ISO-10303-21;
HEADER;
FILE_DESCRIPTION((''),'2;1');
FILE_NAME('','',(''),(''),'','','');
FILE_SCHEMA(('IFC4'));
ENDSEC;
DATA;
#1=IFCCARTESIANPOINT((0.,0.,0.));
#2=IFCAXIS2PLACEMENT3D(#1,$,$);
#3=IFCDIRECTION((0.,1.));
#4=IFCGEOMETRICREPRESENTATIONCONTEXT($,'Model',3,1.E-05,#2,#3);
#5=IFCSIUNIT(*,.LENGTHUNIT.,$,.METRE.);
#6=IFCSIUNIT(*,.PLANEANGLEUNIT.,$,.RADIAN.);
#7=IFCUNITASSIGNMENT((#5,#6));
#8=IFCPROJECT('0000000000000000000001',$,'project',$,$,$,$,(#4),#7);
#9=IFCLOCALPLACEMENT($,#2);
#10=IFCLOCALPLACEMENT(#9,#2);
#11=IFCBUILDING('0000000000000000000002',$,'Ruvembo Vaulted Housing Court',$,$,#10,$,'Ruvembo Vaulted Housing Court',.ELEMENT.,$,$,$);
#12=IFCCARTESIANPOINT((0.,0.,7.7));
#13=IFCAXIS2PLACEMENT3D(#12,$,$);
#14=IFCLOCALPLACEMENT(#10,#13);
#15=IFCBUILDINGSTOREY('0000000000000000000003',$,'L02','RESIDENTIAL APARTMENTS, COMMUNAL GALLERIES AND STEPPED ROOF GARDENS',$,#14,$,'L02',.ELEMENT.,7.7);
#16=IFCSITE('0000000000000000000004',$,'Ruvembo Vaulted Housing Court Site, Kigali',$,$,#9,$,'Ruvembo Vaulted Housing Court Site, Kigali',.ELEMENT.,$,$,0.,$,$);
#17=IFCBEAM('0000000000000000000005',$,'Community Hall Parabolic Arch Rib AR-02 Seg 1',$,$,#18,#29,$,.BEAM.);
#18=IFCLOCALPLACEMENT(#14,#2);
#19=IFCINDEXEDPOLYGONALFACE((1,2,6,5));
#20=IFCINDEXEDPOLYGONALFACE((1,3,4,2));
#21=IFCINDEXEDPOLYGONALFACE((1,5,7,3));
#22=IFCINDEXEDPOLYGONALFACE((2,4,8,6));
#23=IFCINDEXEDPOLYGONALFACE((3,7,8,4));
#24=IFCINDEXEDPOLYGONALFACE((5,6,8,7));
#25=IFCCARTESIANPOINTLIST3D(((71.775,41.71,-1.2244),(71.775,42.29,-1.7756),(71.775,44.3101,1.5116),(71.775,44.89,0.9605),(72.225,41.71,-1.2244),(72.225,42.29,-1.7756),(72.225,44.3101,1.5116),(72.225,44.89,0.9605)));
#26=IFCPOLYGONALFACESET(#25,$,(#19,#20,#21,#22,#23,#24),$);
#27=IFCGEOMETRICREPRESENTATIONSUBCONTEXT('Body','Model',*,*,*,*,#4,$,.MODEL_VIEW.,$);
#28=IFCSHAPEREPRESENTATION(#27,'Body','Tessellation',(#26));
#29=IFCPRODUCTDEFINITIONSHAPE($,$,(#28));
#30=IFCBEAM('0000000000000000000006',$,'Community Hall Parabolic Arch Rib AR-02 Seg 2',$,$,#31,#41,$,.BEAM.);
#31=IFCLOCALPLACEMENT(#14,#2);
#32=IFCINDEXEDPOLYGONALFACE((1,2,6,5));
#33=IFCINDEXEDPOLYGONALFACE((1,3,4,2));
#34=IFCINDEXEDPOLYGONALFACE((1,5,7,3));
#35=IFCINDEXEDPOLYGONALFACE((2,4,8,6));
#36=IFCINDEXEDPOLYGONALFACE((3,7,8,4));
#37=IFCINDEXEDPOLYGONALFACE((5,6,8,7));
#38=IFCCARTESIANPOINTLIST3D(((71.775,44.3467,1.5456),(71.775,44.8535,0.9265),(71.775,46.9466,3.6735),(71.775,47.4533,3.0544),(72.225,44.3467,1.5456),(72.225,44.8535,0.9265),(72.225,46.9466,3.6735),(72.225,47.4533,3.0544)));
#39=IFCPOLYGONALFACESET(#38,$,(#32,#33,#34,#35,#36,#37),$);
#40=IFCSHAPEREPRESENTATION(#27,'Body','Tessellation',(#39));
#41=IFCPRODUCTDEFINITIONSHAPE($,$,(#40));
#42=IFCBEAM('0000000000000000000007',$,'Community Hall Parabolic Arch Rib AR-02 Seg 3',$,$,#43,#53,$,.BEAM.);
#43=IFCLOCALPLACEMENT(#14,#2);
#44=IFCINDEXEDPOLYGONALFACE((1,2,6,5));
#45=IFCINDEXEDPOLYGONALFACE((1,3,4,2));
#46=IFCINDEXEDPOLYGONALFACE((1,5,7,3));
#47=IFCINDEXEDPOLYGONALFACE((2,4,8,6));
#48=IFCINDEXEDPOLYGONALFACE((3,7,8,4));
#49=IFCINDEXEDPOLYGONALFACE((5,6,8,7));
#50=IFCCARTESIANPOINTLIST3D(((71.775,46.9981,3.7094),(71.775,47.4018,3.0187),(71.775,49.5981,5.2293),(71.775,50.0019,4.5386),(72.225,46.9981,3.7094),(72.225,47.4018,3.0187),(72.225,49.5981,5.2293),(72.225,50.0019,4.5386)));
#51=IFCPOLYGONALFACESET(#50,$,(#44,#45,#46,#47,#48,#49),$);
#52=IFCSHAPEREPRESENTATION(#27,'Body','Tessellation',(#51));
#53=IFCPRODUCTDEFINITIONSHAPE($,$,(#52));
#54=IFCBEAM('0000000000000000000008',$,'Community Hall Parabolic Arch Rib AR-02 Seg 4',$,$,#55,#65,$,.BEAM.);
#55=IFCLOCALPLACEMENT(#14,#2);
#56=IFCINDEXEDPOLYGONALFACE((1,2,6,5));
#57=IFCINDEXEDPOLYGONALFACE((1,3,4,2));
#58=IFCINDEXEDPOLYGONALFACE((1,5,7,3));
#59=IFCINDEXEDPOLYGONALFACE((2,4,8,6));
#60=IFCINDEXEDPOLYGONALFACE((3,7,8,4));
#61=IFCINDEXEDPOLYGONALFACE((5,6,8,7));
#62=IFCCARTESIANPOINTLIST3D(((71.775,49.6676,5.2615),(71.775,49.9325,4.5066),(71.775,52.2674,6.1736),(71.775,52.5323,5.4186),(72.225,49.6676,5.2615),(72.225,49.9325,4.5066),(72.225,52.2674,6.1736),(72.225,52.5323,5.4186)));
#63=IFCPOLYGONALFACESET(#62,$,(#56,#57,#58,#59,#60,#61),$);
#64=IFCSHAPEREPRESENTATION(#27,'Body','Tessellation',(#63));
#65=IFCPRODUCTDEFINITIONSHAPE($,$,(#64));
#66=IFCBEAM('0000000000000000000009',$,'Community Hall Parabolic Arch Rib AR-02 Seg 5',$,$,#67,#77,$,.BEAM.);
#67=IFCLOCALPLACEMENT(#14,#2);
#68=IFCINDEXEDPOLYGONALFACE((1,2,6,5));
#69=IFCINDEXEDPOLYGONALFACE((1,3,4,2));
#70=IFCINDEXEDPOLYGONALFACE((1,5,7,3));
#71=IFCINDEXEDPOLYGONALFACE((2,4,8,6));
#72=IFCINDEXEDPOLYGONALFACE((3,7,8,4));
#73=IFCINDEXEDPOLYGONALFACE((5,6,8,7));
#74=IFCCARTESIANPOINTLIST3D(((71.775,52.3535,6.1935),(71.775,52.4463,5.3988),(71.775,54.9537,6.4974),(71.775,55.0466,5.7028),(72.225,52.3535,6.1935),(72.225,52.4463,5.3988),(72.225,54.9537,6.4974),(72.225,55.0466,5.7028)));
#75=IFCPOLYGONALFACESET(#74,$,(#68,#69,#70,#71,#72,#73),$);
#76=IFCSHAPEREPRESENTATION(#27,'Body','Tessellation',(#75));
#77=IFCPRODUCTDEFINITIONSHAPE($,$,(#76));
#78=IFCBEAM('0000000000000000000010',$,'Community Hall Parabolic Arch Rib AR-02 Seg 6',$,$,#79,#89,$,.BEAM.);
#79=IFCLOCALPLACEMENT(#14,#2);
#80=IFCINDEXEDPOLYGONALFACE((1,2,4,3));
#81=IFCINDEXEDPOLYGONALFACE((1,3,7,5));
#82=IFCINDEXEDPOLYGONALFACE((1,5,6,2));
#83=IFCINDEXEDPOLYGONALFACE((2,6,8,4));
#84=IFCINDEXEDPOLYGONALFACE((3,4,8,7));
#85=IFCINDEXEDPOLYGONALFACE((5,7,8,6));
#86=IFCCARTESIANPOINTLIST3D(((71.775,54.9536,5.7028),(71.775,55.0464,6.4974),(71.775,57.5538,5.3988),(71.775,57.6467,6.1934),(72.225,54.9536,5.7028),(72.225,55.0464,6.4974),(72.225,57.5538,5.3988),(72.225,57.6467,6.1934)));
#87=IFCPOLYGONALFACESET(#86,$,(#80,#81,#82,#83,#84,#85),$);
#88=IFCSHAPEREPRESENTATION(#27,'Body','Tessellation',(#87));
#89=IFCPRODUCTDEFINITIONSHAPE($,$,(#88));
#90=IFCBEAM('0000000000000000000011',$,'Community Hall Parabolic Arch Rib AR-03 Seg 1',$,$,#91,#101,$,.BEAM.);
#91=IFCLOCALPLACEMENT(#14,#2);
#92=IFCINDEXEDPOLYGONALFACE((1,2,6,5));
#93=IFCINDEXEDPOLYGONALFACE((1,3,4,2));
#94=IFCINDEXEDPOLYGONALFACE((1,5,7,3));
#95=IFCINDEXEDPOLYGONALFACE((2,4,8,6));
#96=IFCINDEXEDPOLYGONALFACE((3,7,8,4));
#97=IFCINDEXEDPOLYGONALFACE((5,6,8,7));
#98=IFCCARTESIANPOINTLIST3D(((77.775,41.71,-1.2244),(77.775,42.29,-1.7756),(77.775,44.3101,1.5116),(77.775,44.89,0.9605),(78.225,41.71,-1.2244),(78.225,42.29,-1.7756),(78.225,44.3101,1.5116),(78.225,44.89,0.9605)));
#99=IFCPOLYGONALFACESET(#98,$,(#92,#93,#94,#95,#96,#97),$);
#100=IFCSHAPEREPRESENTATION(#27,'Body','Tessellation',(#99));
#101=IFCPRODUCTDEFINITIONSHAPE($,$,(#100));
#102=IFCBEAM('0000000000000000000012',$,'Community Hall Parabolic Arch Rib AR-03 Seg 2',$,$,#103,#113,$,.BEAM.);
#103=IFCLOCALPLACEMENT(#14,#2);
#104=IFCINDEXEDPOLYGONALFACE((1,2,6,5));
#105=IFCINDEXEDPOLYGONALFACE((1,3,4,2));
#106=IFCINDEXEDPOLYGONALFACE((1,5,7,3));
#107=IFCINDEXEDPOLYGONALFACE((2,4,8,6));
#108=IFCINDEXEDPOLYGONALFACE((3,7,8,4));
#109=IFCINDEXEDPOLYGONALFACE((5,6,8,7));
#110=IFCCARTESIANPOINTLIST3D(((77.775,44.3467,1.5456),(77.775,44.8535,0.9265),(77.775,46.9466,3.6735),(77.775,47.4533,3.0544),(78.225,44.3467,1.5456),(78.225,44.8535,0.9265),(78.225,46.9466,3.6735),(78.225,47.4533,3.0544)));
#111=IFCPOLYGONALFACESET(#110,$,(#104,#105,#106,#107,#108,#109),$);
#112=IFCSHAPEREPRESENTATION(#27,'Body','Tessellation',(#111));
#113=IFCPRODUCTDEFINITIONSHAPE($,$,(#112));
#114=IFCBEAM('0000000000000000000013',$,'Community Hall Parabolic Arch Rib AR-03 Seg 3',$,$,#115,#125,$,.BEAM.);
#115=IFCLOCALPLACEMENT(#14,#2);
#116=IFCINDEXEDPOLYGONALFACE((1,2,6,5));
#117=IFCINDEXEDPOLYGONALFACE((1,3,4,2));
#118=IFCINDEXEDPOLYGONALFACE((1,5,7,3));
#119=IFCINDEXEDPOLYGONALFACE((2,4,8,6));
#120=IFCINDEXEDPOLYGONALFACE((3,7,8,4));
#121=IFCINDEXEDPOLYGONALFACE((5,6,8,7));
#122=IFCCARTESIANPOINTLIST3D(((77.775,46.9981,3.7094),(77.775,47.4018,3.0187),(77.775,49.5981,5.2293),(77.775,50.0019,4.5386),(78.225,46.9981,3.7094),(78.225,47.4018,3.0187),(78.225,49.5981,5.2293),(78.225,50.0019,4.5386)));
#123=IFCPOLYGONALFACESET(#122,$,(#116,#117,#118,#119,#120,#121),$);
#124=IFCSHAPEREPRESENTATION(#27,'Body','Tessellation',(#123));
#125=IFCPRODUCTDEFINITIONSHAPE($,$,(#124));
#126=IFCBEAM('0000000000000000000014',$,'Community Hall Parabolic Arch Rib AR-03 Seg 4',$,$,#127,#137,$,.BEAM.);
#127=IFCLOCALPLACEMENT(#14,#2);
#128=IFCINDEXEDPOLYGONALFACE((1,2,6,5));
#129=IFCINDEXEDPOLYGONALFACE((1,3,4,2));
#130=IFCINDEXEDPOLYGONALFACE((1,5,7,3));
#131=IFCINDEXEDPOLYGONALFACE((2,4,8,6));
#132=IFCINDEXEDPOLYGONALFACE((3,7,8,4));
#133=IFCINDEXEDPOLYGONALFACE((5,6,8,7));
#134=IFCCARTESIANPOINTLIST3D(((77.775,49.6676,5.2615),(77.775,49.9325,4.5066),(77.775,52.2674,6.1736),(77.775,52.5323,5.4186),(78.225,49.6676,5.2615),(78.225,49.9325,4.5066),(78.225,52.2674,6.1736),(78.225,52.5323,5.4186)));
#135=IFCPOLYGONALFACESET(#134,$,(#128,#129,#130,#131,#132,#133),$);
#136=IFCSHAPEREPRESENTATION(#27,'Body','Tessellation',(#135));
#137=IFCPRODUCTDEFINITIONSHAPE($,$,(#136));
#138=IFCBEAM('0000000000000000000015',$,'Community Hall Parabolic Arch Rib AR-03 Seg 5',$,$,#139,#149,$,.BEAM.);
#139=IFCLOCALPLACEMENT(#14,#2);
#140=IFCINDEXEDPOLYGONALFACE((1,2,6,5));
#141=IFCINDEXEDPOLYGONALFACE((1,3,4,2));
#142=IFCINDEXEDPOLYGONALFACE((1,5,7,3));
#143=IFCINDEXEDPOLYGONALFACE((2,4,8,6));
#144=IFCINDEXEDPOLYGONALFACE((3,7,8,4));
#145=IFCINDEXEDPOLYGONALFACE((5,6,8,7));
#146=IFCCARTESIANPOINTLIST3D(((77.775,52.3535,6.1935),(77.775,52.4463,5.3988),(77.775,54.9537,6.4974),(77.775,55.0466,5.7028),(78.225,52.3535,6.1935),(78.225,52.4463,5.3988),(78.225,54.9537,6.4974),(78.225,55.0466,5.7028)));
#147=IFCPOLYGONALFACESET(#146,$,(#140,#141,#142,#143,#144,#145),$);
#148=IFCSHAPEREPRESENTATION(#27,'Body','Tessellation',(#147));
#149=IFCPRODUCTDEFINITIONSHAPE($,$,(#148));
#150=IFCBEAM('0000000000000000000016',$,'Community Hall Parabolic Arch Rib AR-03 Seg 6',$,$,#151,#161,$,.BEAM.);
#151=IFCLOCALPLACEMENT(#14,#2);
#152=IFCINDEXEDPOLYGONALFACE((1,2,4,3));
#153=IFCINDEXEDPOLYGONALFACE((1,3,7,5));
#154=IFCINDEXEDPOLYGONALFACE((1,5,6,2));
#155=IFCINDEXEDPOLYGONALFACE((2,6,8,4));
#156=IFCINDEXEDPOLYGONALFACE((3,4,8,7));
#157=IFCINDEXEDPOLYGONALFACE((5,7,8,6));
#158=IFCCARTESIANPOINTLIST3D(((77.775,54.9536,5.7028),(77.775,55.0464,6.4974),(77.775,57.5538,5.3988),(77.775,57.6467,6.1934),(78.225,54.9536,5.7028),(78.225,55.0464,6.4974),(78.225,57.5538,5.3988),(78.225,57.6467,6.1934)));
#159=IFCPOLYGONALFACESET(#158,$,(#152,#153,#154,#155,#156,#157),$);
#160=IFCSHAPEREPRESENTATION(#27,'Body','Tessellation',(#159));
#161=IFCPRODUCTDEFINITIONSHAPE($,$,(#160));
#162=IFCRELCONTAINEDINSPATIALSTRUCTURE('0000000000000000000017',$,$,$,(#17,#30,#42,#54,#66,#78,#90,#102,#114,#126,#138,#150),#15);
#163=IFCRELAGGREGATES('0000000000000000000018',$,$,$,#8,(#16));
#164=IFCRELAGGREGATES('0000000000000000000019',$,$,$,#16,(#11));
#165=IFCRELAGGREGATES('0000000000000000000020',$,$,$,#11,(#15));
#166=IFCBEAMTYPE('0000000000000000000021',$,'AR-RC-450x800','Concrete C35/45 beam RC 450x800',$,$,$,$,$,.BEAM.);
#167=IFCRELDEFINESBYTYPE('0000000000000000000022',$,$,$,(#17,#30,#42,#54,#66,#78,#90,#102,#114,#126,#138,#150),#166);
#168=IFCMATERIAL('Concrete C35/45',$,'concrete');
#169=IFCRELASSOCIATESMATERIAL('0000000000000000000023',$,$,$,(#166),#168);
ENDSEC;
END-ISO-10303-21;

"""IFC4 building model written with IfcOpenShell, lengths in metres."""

from ifc_helpers import new_model, si_unit, direction, frame, origin, origin_2d, place, context, subcontext, project, spatial, rectangle, extrude, material, material_profile, profile_set, type_object, element, save


model = new_model("IFC4")

# Units and contexts
model_context = context("Model", 3, precision=1e-05, world=origin(), true_north=direction((0.0, 1.0)))
body_context = subcontext(model_context, "Body", "Model", "MODEL_VIEW")
ifc_project = project(units=[si_unit("LENGTHUNIT", "METRE"), si_unit("PLANEANGLEUNIT", "RADIAN")], contexts=[model_context])

# Site, building, storey
site_placement = place(None, origin())
site = spatial("IfcSite", under=ifc_project, at=site_placement, Name="Ruvembo Vaulted Housing Court Site, Kigali", LongName="Ruvembo Vaulted Housing Court Site, Kigali", CompositionType="ELEMENT", RefElevation=0.0)
building_placement = place(site_placement, origin())
building = spatial("IfcBuilding", under=site, at=building_placement, Name="Ruvembo Vaulted Housing Court", LongName="Ruvembo Vaulted Housing Court", CompositionType="ELEMENT")
storey_placement = place(building_placement, frame((0.0, 0.0, 7.7)))
storey = spatial("IfcBuildingStorey", under=building, at=storey_placement, Name="L02", Description="RESIDENTIAL APARTMENTS, COMMUNAL GALLERIES AND STEPPED ROOF GARDENS", LongName="L02", CompositionType="ELEMENT", Elevation=7.7)

# Beams
ifc_material_1 = material(Name="Concrete C35/45", Category="concrete")
ifc_material_profile_1 = material_profile(ifc_material_1, rectangle(XDim=0.45, YDim=0.8, at=origin_2d()), Name="RC 450x800")
ifc_profile_set_1 = profile_set([ifc_material_profile_1], Name="Concrete C35/45")
beam_type_1 = type_object("IfcBeamType", Name="AR-RC-450x800", Description="Concrete C35/45 beam RC 450x800", PredefinedType="BEAM", material=ifc_profile_set_1)
beam_1_placement = place(storey_placement, frame((72.0, 42.0, -1.5), z_axis=(0.0, 0.688863, 0.724891), x_axis=(-1.0, 0.0, 0.0)))
element("IfcBeam", 1, at=beam_1_placement, inside=storey, type_object=beam_type_1, Name="Community Hall Parabolic Arch Rib AR-02 Seg 1", PredefinedType="BEAM", context=body_context, shape_type="SweptSolid", body=[
    extrude(rectangle(XDim=0.45, YDim=0.8, at=origin_2d()), origin(), (0.0, 0.0, 1.0), 3.7744),
])
beam_2_placement = place(storey_placement, frame((72.0, 44.6001, 1.2361), z_axis=(0.0, 0.773844, 0.633376), x_axis=(-1.0, 0.0, 0.0)))
element("IfcBeam", 2, at=beam_2_placement, inside=storey, type_object=beam_type_1, Name="Community Hall Parabolic Arch Rib AR-02 Seg 2", PredefinedType="BEAM", context=body_context, shape_type="SweptSolid", body=[
    extrude(rectangle(XDim=0.45, YDim=0.8, at=origin_2d()), origin(), (0.0, 0.0, 1.0), 3.3596),
])
beam_3_placement = place(storey_placement, frame((72.0, 47.2, 3.364), z_axis=(0.0, 0.863302, 0.504687), x_axis=(-1.0, 0.0, 0.0)))
element("IfcBeam", 3, at=beam_3_placement, inside=storey, type_object=beam_type_1, Name="Community Hall Parabolic Arch Rib AR-02 Seg 3", PredefinedType="BEAM", context=body_context, shape_type="SweptSolid", body=[
    extrude(rectangle(XDim=0.45, YDim=0.8, at=origin_2d()), origin(), (0.0, 0.0, 1.0), 3.0117),
])
beam_4_placement = place(storey_placement, frame((72.0, 49.8, 4.884), z_axis=(0.0, 0.943614, 0.331049), x_axis=(-1.0, 0.0, 0.0)))
element("IfcBeam", 4, at=beam_4_placement, inside=storey, type_object=beam_type_1, Name="Community Hall Parabolic Arch Rib AR-02 Seg 4", PredefinedType="BEAM", context=body_context, shape_type="SweptSolid", body=[
    extrude(rectangle(XDim=0.45, YDim=0.8, at=origin_2d()), origin(), (0.0, 0.0, 1.0), 2.7551),
])
for number, where, z_axis, x_axis, name in (
    (5, (72.0, 52.3999, 5.7961), (0.0, 0.993236, 0.116111), (-1.0, 0.0, 0.0), "Community Hall Parabolic Arch Rib AR-02 Seg 5"),
    (6, (72.0, 55.0, 6.1001), (0.0, 0.993236, -0.116111), (-1.0, 0.0, 0.0), "Community Hall Parabolic Arch Rib AR-02 Seg 6"),
):
    element("IfcBeam", number, at=place(storey_placement, frame(where, z_axis=z_axis, x_axis=x_axis)), inside=storey, type_object=beam_type_1, Name=name, PredefinedType="BEAM", context=body_context, shape_type="SweptSolid", body=[
        extrude(rectangle(XDim=0.45, YDim=0.8, at=origin_2d()), origin(), (0.0, 0.0, 1.0), 2.6179),
    ])
beam_5_placement = place(storey_placement, frame((78.0, 42.0, -1.5), z_axis=(0.0, 0.688863, 0.724891), x_axis=(-1.0, 0.0, 0.0)))
element("IfcBeam", 7, at=beam_5_placement, inside=storey, type_object=beam_type_1, Name="Community Hall Parabolic Arch Rib AR-03 Seg 1", PredefinedType="BEAM", context=body_context, shape_type="SweptSolid", body=[
    extrude(rectangle(XDim=0.45, YDim=0.8, at=origin_2d()), origin(), (0.0, 0.0, 1.0), 3.7744),
])
beam_6_placement = place(storey_placement, frame((78.0, 44.6001, 1.2361), z_axis=(0.0, 0.773844, 0.633376), x_axis=(-1.0, 0.0, 0.0)))
element("IfcBeam", 8, at=beam_6_placement, inside=storey, type_object=beam_type_1, Name="Community Hall Parabolic Arch Rib AR-03 Seg 2", PredefinedType="BEAM", context=body_context, shape_type="SweptSolid", body=[
    extrude(rectangle(XDim=0.45, YDim=0.8, at=origin_2d()), origin(), (0.0, 0.0, 1.0), 3.3596),
])
beam_7_placement = place(storey_placement, frame((78.0, 47.2, 3.364), z_axis=(0.0, 0.863302, 0.504687), x_axis=(-1.0, 0.0, 0.0)))
element("IfcBeam", 9, at=beam_7_placement, inside=storey, type_object=beam_type_1, Name="Community Hall Parabolic Arch Rib AR-03 Seg 3", PredefinedType="BEAM", context=body_context, shape_type="SweptSolid", body=[
    extrude(rectangle(XDim=0.45, YDim=0.8, at=origin_2d()), origin(), (0.0, 0.0, 1.0), 3.0117),
])
beam_8_placement = place(storey_placement, frame((78.0, 49.8, 4.884), z_axis=(0.0, 0.943614, 0.331049), x_axis=(-1.0, 0.0, 0.0)))
element("IfcBeam", 10, at=beam_8_placement, inside=storey, type_object=beam_type_1, Name="Community Hall Parabolic Arch Rib AR-03 Seg 4", PredefinedType="BEAM", context=body_context, shape_type="SweptSolid", body=[
    extrude(rectangle(XDim=0.45, YDim=0.8, at=origin_2d()), origin(), (0.0, 0.0, 1.0), 2.7551),
])
for number, where, z_axis, x_axis, name in (
    (11, (78.0, 52.3999, 5.7961), (0.0, 0.993236, 0.116111), (-1.0, 0.0, 0.0), "Community Hall Parabolic Arch Rib AR-03 Seg 5"),
    (12, (78.0, 55.0, 6.1001), (0.0, 0.993236, -0.116111), (-1.0, 0.0, 0.0), "Community Hall Parabolic Arch Rib AR-03 Seg 6"),
):
    element("IfcBeam", number, at=place(storey_placement, frame(where, z_axis=z_axis, x_axis=x_axis)), inside=storey, type_object=beam_type_1, Name=name, PredefinedType="BEAM", context=body_context, shape_type="SweptSolid", body=[
        extrude(rectangle(XDim=0.45, YDim=0.8, at=origin_2d()), origin(), (0.0, 0.0, 1.0), 2.6179),
    ])

save(model, "model.ifc")
